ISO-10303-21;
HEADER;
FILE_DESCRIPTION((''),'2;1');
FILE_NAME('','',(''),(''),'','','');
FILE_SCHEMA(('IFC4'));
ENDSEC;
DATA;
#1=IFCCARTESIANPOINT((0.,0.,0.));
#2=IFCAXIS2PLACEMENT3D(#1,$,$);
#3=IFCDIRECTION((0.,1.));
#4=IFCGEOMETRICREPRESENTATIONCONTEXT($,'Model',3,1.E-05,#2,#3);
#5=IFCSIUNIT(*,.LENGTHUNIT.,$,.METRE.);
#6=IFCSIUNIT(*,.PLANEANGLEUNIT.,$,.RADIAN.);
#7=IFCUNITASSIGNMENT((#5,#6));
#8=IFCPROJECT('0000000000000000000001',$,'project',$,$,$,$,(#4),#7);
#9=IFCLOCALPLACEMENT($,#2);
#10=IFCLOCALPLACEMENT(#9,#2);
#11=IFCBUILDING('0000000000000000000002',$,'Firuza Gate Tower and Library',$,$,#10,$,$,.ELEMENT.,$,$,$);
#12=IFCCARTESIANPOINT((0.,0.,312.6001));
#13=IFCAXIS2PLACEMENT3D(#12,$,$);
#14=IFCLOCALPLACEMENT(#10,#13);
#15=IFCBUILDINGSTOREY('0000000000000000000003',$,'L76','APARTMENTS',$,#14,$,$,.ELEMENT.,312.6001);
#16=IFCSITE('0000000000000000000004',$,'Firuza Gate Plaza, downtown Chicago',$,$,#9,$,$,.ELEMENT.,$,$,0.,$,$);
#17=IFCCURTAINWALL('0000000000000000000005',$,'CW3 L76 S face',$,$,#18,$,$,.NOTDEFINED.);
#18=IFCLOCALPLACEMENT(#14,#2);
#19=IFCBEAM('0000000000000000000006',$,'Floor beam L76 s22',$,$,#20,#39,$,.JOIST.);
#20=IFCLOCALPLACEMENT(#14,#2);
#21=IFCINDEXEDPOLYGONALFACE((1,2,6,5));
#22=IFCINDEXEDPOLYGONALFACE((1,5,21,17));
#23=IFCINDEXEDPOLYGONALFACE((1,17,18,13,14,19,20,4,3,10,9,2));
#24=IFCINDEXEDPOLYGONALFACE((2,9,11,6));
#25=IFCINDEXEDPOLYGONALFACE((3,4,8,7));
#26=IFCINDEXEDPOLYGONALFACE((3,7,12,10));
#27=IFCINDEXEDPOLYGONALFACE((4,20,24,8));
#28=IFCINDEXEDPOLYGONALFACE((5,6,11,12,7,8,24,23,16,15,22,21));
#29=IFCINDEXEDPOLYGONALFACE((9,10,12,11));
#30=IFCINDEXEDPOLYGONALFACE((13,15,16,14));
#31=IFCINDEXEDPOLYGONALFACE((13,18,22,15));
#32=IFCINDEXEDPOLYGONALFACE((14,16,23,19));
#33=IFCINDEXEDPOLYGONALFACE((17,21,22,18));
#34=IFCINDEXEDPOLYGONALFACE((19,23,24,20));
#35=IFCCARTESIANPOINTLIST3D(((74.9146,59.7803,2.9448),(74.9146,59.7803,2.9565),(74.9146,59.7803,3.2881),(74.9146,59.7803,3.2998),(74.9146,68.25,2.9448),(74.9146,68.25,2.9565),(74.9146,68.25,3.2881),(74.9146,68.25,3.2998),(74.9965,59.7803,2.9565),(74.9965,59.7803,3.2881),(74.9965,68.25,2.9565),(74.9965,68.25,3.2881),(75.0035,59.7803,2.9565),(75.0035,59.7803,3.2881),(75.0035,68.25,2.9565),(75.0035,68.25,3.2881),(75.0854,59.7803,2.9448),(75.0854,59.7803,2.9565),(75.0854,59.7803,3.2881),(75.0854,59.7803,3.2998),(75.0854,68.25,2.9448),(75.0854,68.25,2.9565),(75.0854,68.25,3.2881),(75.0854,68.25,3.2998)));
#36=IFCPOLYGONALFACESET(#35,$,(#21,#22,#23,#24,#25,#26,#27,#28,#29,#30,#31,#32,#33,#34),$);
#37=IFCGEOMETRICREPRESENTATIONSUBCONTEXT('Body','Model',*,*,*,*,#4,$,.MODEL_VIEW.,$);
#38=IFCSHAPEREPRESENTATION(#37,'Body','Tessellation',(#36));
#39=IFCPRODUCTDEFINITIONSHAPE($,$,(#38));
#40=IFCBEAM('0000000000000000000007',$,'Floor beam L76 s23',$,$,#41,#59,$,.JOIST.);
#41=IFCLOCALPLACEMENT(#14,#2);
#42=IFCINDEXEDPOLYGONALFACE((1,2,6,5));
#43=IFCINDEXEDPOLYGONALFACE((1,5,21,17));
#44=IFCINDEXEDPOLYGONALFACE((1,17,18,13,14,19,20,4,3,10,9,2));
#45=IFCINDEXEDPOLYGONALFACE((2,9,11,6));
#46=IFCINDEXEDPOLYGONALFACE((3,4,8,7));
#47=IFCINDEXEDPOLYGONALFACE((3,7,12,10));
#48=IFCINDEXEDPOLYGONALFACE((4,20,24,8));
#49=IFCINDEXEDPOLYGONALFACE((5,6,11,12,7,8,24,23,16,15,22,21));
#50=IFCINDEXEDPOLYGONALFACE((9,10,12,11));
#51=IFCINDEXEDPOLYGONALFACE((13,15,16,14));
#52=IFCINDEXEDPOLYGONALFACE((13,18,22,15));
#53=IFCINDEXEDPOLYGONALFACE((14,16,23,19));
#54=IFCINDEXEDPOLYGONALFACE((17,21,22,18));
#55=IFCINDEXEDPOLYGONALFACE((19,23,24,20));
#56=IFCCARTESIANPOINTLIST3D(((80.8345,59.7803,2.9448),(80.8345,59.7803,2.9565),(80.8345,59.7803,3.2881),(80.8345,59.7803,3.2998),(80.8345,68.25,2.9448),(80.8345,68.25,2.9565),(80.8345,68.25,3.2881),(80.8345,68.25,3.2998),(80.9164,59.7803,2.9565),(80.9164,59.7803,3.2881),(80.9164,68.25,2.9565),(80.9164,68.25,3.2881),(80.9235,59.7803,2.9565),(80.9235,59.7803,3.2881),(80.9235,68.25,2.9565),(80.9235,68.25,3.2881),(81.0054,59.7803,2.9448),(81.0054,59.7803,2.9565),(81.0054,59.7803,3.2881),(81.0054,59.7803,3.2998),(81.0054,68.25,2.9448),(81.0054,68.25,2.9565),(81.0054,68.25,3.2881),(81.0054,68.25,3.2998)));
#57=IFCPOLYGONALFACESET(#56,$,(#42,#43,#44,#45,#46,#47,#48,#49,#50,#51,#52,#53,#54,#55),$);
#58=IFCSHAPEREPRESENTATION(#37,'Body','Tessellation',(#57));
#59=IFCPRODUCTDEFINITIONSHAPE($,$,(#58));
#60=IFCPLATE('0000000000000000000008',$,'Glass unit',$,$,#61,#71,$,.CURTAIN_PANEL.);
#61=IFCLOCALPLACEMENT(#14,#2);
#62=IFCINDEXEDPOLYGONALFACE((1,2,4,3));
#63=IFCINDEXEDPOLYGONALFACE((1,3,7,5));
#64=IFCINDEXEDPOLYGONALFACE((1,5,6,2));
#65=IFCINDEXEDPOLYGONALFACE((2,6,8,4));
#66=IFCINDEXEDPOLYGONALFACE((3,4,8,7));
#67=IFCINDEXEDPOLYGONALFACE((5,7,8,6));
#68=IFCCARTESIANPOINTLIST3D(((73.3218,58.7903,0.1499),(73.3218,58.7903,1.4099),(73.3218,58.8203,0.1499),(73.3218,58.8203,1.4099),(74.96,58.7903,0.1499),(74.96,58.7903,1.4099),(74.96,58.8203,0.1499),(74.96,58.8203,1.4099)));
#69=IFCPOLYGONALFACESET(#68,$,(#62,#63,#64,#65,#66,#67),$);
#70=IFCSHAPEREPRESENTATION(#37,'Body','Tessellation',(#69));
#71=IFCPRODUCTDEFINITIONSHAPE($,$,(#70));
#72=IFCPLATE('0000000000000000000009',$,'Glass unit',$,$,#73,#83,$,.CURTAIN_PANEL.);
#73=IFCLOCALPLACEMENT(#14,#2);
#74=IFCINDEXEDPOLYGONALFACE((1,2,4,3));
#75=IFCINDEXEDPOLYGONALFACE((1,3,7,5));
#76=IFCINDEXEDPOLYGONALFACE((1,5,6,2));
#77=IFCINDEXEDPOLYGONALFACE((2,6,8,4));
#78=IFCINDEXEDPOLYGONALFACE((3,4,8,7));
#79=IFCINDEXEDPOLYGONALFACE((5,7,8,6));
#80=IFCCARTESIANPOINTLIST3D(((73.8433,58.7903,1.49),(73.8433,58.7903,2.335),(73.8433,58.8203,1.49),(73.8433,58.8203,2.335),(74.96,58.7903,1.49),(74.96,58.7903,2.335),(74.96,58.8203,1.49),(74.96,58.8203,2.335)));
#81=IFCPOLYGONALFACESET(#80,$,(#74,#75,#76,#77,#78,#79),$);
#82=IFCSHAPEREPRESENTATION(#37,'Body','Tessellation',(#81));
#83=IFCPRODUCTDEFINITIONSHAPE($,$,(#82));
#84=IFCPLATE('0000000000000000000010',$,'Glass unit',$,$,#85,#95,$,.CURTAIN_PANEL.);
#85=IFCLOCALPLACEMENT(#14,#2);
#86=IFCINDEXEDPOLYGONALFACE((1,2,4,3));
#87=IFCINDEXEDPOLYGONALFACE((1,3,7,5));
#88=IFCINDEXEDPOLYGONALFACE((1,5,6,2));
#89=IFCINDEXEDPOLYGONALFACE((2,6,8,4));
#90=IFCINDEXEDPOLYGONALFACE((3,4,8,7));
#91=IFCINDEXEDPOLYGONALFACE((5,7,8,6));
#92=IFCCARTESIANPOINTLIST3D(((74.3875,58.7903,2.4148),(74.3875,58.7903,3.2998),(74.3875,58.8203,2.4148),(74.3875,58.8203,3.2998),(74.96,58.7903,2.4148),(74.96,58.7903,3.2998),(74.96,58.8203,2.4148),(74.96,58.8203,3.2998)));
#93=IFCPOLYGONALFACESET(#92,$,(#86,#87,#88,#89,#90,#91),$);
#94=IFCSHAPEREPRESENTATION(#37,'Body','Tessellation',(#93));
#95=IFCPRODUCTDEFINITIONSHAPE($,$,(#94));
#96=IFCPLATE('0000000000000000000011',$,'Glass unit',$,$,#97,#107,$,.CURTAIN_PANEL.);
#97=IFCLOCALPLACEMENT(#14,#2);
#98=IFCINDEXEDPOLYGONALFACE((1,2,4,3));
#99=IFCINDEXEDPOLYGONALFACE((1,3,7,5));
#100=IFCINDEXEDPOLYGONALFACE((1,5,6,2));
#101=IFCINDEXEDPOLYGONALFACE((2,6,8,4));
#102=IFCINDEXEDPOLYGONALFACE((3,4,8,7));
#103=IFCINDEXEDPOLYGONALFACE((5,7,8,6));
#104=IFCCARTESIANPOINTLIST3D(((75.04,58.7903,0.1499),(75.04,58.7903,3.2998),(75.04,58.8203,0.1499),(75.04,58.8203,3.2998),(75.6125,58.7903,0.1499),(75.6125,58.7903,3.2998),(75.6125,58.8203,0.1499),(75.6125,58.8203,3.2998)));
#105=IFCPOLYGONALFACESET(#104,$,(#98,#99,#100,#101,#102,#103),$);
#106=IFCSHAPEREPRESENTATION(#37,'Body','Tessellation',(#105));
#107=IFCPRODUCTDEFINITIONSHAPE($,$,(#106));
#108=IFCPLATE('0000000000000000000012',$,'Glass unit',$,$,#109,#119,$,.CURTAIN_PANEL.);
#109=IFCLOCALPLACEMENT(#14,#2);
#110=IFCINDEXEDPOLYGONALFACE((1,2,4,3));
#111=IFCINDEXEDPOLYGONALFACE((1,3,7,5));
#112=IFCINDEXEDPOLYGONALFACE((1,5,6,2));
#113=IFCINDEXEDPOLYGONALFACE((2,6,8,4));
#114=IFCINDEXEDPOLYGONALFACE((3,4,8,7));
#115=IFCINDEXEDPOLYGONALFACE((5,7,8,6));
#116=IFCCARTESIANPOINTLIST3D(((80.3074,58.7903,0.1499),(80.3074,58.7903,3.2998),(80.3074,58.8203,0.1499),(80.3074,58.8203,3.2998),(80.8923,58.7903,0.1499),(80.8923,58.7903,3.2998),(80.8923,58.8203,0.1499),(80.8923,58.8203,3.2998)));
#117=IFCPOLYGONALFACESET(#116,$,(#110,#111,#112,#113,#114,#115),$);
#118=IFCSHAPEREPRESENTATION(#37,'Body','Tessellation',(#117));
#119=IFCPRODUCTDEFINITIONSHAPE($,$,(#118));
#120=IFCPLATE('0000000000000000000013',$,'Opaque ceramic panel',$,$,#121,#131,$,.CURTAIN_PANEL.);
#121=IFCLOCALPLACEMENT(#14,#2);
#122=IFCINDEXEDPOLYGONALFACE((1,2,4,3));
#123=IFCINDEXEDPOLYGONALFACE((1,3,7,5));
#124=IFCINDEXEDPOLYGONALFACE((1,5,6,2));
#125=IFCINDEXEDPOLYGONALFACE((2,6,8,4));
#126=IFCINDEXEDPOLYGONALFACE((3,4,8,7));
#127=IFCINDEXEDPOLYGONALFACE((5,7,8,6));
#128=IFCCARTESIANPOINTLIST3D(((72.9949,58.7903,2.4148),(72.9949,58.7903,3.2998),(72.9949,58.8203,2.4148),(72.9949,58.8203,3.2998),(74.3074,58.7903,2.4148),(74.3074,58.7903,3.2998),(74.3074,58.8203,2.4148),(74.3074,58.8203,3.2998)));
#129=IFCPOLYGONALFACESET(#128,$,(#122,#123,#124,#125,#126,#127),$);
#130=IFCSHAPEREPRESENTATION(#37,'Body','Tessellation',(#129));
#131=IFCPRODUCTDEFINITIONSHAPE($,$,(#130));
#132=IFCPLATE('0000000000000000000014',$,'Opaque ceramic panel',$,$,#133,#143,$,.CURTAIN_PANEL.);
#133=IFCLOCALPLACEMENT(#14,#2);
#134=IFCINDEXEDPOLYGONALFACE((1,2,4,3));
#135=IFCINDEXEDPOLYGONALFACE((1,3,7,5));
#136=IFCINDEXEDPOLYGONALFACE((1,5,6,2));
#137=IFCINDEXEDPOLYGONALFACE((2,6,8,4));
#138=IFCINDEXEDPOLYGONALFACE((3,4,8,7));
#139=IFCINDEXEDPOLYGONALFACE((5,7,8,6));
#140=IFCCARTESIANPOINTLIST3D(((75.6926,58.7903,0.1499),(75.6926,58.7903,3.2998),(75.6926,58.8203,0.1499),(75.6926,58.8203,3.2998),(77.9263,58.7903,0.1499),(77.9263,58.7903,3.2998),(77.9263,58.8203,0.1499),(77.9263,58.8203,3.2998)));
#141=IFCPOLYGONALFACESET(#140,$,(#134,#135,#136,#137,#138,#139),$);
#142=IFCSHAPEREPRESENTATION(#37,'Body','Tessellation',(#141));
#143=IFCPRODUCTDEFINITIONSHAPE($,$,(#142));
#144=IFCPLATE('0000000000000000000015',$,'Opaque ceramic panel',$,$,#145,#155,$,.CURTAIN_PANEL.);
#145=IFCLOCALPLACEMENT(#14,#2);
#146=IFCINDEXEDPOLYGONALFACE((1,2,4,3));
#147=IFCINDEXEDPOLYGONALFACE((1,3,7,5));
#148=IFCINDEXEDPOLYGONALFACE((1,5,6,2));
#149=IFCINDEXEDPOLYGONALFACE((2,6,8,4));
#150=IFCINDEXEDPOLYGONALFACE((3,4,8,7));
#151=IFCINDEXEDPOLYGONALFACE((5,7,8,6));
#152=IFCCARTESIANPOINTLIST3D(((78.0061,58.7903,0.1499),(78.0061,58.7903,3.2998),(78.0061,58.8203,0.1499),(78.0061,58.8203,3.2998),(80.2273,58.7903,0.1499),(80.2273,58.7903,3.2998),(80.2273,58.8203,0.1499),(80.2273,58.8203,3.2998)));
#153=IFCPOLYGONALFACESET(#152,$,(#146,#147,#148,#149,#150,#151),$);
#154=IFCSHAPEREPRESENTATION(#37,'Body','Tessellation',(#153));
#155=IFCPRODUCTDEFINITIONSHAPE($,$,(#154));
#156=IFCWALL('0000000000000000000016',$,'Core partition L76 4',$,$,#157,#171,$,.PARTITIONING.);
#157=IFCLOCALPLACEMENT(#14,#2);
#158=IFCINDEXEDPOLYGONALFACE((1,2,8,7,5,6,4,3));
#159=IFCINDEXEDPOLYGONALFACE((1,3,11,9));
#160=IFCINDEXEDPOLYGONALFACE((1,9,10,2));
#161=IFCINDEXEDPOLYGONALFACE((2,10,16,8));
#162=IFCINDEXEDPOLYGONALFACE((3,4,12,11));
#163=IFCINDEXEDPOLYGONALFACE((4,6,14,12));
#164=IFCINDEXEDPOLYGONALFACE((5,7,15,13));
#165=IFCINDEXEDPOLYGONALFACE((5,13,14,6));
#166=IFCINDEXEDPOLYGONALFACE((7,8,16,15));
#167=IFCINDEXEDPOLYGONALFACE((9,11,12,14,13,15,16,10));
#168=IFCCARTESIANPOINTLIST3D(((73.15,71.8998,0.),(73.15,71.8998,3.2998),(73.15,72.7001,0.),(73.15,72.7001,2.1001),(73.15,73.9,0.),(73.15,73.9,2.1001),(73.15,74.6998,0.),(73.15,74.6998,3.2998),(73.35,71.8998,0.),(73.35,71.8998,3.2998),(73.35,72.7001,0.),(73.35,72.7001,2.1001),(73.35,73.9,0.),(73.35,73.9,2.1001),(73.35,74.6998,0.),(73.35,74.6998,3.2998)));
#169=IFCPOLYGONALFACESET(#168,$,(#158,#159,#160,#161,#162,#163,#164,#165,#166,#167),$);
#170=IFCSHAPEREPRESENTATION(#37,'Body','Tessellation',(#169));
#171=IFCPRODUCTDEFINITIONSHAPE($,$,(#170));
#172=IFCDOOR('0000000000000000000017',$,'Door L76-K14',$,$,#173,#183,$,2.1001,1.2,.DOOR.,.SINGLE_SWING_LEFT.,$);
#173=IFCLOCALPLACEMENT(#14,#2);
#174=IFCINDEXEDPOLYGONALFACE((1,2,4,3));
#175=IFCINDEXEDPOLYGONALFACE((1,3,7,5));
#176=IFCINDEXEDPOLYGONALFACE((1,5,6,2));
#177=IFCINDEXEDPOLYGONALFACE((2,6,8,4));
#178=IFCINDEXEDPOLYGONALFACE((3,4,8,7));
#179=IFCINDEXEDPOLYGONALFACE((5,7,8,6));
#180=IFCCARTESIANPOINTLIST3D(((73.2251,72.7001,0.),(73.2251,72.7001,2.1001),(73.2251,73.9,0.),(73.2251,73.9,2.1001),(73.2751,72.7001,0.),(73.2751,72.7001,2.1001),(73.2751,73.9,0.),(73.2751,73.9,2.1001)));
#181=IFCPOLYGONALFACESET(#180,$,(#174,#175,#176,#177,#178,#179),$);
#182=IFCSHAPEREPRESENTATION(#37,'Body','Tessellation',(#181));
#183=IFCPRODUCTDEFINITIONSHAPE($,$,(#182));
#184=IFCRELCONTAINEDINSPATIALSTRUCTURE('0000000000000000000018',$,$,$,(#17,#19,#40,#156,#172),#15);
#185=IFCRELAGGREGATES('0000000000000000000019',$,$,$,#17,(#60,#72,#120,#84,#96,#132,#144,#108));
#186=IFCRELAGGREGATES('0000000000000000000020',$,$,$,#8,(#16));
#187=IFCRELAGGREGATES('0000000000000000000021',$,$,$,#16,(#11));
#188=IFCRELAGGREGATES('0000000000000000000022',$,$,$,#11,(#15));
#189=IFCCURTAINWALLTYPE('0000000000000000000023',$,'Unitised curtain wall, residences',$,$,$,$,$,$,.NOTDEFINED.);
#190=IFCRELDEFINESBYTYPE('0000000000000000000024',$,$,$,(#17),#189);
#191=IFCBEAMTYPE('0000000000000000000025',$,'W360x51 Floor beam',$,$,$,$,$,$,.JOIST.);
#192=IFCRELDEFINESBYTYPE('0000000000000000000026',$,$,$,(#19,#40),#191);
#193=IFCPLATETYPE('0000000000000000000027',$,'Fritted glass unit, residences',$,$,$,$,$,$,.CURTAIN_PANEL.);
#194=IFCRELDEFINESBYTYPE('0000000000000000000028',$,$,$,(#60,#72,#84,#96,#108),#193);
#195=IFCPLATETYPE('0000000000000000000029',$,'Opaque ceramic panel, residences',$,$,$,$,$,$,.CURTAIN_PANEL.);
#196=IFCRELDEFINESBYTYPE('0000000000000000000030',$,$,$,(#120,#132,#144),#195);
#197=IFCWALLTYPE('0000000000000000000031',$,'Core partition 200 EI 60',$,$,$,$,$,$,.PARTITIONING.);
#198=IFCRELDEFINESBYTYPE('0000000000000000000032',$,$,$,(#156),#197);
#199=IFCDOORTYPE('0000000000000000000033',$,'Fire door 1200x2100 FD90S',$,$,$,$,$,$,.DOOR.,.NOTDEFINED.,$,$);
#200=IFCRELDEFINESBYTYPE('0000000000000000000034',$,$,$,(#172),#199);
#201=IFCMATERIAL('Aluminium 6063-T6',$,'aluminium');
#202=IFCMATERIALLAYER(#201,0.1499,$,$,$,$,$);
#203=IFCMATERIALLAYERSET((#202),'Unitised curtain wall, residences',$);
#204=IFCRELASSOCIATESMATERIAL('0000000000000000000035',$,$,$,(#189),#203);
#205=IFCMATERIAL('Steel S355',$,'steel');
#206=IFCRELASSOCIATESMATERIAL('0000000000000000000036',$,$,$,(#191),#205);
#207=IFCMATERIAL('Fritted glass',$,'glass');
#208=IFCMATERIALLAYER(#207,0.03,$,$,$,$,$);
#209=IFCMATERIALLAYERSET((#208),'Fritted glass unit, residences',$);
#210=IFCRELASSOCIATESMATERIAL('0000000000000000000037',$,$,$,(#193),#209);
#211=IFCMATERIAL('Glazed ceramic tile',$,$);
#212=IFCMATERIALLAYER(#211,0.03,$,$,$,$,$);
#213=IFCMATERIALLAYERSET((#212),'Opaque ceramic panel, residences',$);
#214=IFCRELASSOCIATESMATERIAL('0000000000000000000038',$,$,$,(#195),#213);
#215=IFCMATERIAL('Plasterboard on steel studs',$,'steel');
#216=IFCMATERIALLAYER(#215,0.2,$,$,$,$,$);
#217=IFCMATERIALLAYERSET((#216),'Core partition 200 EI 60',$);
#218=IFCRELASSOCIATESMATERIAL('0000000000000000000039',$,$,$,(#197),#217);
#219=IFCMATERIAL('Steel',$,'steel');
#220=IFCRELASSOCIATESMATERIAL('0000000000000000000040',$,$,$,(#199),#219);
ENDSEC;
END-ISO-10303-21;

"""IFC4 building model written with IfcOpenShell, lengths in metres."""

from ifc_helpers import new_model, si_unit, direction, frame, frame_2d, origin, origin_2d, place, context, subcontext, project, spatial, polyline, rectangle, i_section, outline, extrude, material, layer, layer_set, material_profile, profile_set, type_object, element, fill, aggregate, save


model = new_model("IFC4")

# Units and contexts
model_context = context("Model", 3, precision=1e-05, world=origin(), true_north=direction((0.0, 1.0)))
body_context = subcontext(model_context, "Body", "Model", "MODEL_VIEW")
ifc_project = project(units=[si_unit("LENGTHUNIT", "METRE"), si_unit("PLANEANGLEUNIT", "RADIAN")], contexts=[model_context])

# Site, building, storey
site_placement = place(None, origin())
site = spatial("IfcSite", under=ifc_project, at=site_placement, Name="Firuza Gate Plaza, downtown Chicago", CompositionType="ELEMENT", RefElevation=0.0)
building_placement = place(site_placement, origin())
building = spatial("IfcBuilding", under=site, at=building_placement, Name="Firuza Gate Tower and Library", CompositionType="ELEMENT")
storey_placement = place(building_placement, frame((0.0, 0.0, 312.6001)))
storey = spatial("IfcBuildingStorey", under=building, at=storey_placement, Name="L76", Description="APARTMENTS", CompositionType="ELEMENT", Elevation=312.6001)

# Curtain wall
ifc_material_1 = material(Name="Aluminium 6063-T6", Category="aluminium")
ifc_layer_1 = layer(ifc_material_1, 0.1499)
ifc_layer_set_1 = layer_set([ifc_layer_1], Name="Unitised curtain wall, residences")
curtain_wall_type = type_object("IfcCurtainWallType", Name="Unitised curtain wall, residences", PredefinedType="NOTDEFINED", material=ifc_layer_set_1)
curtain_wall_placement = place(storey_placement, origin())
curtain_wall = element("IfcCurtainWall", 1, at=curtain_wall_placement, inside=storey, type_object=curtain_wall_type, Name="CW3 L76 S face", PredefinedType="NOTDEFINED")

# Beams
ifc_material_2 = material(Name="Steel S355", Category="steel")
ifc_material_profile_1 = material_profile(ifc_material_2, i_section(OverallWidth=0.1709, OverallDepth=0.355, WebThickness=0.0071, FlangeThickness=0.0117, at=origin_2d()))
ifc_profile_set_1 = profile_set([ifc_material_profile_1], Name="Steel S355")
beam_type = type_object("IfcBeamType", Name="W360x51 Floor beam", PredefinedType="JOIST", material=ifc_profile_set_1)
for number, where, z_axis, x_axis, name in (
    (2, (75.0, 59.7803, 3.1223), (0.0, 1.0, 0.0), (-1.0, 0.0, 0.0), "Floor beam L76 s22"),
    (3, (80.9199, 59.7803, 3.1223), (0.0, 1.0, 0.0), (-1.0, 0.0, 0.0), "Floor beam L76 s23"),
):
    element("IfcBeam", number, at=place(storey_placement, frame(where, z_axis=z_axis, x_axis=x_axis)), inside=storey, type_object=beam_type, Name=name, PredefinedType="JOIST", context=body_context, shape_type="SweptSolid", body=[
        extrude(i_section(OverallWidth=0.1709, OverallDepth=0.355, WebThickness=0.0071, FlangeThickness=0.0117, at=origin_2d()), origin(), (0.0, 0.0, 1.0), 8.4697),
    ])

# Plates
ifc_material_3 = material(Name="Fritted glass", Category="glass")
ifc_layer_2 = layer(ifc_material_3, 0.03)
ifc_layer_set_2 = layer_set([ifc_layer_2], Name="Fritted glass unit, residences")
plate_type_1 = type_object("IfcPlateType", Name="Fritted glass unit, residences", PredefinedType="CURTAIN_PANEL", material=ifc_layer_set_2)
plate_1_placement = place(storey_placement, frame((73.3218, 58.7903, 0.1499), z_axis=(0.0, -1.0, 0.0), x_axis=(1.0, 0.0, 0.0)))
plate_1 = element("IfcPlate", 4, at=plate_1_placement, type_object=plate_type_1, Name="Glass unit", PredefinedType="CURTAIN_PANEL", context=body_context, shape_type="SweptSolid", body=[
    extrude(outline(polyline([(0.0, 0.0), (1.6382, 0.0), (1.6382, 1.26), (0.0, 1.26), (0.0, 0.0)])), origin(), (0.0, 0.0, -1.0), 0.03),
])
plate_2_placement = place(storey_placement, frame((73.8433, 58.7903, 1.49), z_axis=(0.0, -1.0, 0.0), x_axis=(1.0, 0.0, 0.0)))
plate_2 = element("IfcPlate", 5, at=plate_2_placement, type_object=plate_type_1, Name="Glass unit", PredefinedType="CURTAIN_PANEL", context=body_context, shape_type="SweptSolid", body=[
    extrude(outline(polyline([(0.0, 0.0), (1.1167, 0.0), (1.1167, 0.845), (0.0, 0.845), (0.0, 0.0)])), origin(), (0.0, 0.0, -1.0), 0.03),
])
plate_3_placement = place(storey_placement, frame((74.3875, 58.7903, 2.4148), z_axis=(0.0, -1.0, 0.0), x_axis=(1.0, 0.0, 0.0)))
plate_3 = element("IfcPlate", 6, at=plate_3_placement, type_object=plate_type_1, Name="Glass unit", PredefinedType="CURTAIN_PANEL", context=body_context, shape_type="SweptSolid", body=[
    extrude(outline(polyline([(0.0, 0.0), (0.5725, 0.0), (0.5725, 0.885), (0.0, 0.885), (0.0, 0.0)])), origin(), (0.0, 0.0, -1.0), 0.03),
])
plate_4_placement = place(storey_placement, frame((75.04, 58.7903, 0.1499), z_axis=(0.0, -1.0, 0.0), x_axis=(1.0, 0.0, 0.0)))
plate_4 = element("IfcPlate", 7, at=plate_4_placement, type_object=plate_type_1, Name="Glass unit", PredefinedType="CURTAIN_PANEL", context=body_context, shape_type="SweptSolid", body=[
    extrude(outline(polyline([(0.0, 0.0), (0.5725, 0.0), (0.5725, 3.1499), (0.0, 3.1499), (0.0, 0.0)])), origin(), (0.0, 0.0, -1.0), 0.03),
])
plate_5_placement = place(storey_placement, frame((80.3074, 58.7903, 0.1499), z_axis=(0.0, -1.0, 0.0), x_axis=(1.0, 0.0, 0.0)))
plate_5 = element("IfcPlate", 8, at=plate_5_placement, type_object=plate_type_1, Name="Glass unit", PredefinedType="CURTAIN_PANEL", context=body_context, shape_type="SweptSolid", body=[
    extrude(outline(polyline([(0.0, 0.0), (0.585, 0.0), (0.585, 3.1499), (0.0, 3.1499), (0.0, 0.0)])), origin(), (0.0, 0.0, -1.0), 0.03),
])
ifc_material_4 = material(Name="Glazed ceramic tile")
ifc_layer_3 = layer(ifc_material_4, 0.03)
ifc_layer_set_3 = layer_set([ifc_layer_3], Name="Opaque ceramic panel, residences")
plate_type_2 = type_object("IfcPlateType", Name="Opaque ceramic panel, residences", PredefinedType="CURTAIN_PANEL", material=ifc_layer_set_3)
plate_6_placement = place(storey_placement, frame((72.9949, 58.7903, 2.4148), z_axis=(0.0, -1.0, 0.0), x_axis=(1.0, 0.0, 0.0)))
plate_6 = element("IfcPlate", 9, at=plate_6_placement, type_object=plate_type_2, Name="Opaque ceramic panel", PredefinedType="CURTAIN_PANEL", context=body_context, shape_type="SweptSolid", body=[
    extrude(outline(polyline([(0.0, 0.0), (1.3125, 0.0), (1.3125, 0.885), (0.0, 0.885), (0.0, 0.0)])), origin(), (0.0, 0.0, -1.0), 0.03),
])
plate_7_placement = place(storey_placement, frame((75.6926, 58.7903, 0.1499), z_axis=(0.0, -1.0, 0.0), x_axis=(1.0, 0.0, 0.0)))
plate_7 = element("IfcPlate", 10, at=plate_7_placement, type_object=plate_type_2, Name="Opaque ceramic panel", PredefinedType="CURTAIN_PANEL", context=body_context, shape_type="SweptSolid", body=[
    extrude(outline(polyline([(0.0, 0.0), (2.2336, 0.0), (2.2336, 3.1499), (0.0, 3.1499), (0.0, 0.0)])), origin(), (0.0, 0.0, -1.0), 0.03),
])
plate_8_placement = place(storey_placement, frame((78.0061, 58.7903, 0.1499), z_axis=(0.0, -1.0, 0.0), x_axis=(1.0, 0.0, 0.0)))
plate_8 = element("IfcPlate", 11, at=plate_8_placement, type_object=plate_type_2, Name="Opaque ceramic panel", PredefinedType="CURTAIN_PANEL", context=body_context, shape_type="SweptSolid", body=[
    extrude(outline(polyline([(0.0, 0.0), (2.2212, 0.0), (2.2212, 3.1499), (0.0, 3.1499), (0.0, 0.0)])), origin(), (0.0, 0.0, -1.0), 0.03),
])
aggregate(curtain_wall, [plate_1, plate_2, plate_6, plate_3, plate_4, plate_7, plate_8, plate_5])

# Wall, opening, door
ifc_material_5 = material(Name="Plasterboard on steel studs", Category="steel")
ifc_layer_4 = layer(ifc_material_5, 0.2)
ifc_layer_set_4 = layer_set([ifc_layer_4], Name="Core partition 200 EI 60")
wall_type_1 = type_object("IfcWallType", Name="Core partition 200 EI 60", PredefinedType="PARTITIONING", material=ifc_layer_set_4)
wall_1_placement = place(storey_placement, frame((73.25, 71.8999, 0.0), z_axis=(0.0, 0.0, 1.0), x_axis=(0.0, 1.0, 0.0)))
wall_1 = element("IfcWall", 12, at=wall_1_placement, inside=storey, type_object=wall_type_1, Name="Core partition L76 4", PredefinedType="PARTITIONING", context=body_context, shape_type="SweptSolid", body=[
    extrude(rectangle(XDim=2.8, YDim=0.2, at=frame_2d((1.3999, 0.0))), origin(), (0.0, 0.0, 1.0), 3.2998),
])
opening_placement = place(wall_1_placement, frame((0.8, 0.0, 0.0)))
opening = element("IfcOpeningElement", 13, at=opening_placement, cuts=wall_1, PredefinedType="OPENING", context=body_context, shape_type="SweptSolid", body=[
    extrude(rectangle(XDim=1.2, YDim=2.1001, at=frame_2d((0.6001, 1.05))), frame((0.0, 0.1099, 0.0), z_axis=(0.0, -1.0, 0.0), x_axis=(1.0, 0.0, 0.0)), (0.0, 0.0, 1.0), 0.22),
])
ifc_material_6 = material(Name="Steel", Category="steel")
door_type = type_object("IfcDoorType", Name="Fire door 1200x2100 FD90S", OperationType="NOTDEFINED", PredefinedType="DOOR", material=ifc_material_6)
door_placement = place(opening_placement, origin())
door = element("IfcDoor", 14, at=door_placement, inside=storey, type_object=door_type, Name="Door L76-K14", OperationType="SINGLE_SWING_LEFT", OverallHeight=2.1001, OverallWidth=1.2, PredefinedType="DOOR", context=body_context, shape_type="SweptSolid", body=[
    extrude(rectangle(XDim=1.2, YDim=2.1001, at=frame_2d((0.6001, 1.05))), frame((0.0, 0.0249, 0.0), z_axis=(0.0, -1.0, 0.0), x_axis=(1.0, 0.0, 0.0)), (0.0, 0.0, 1.0), 0.05),
])
fill(opening, door)

save(model, "model.ifc")
